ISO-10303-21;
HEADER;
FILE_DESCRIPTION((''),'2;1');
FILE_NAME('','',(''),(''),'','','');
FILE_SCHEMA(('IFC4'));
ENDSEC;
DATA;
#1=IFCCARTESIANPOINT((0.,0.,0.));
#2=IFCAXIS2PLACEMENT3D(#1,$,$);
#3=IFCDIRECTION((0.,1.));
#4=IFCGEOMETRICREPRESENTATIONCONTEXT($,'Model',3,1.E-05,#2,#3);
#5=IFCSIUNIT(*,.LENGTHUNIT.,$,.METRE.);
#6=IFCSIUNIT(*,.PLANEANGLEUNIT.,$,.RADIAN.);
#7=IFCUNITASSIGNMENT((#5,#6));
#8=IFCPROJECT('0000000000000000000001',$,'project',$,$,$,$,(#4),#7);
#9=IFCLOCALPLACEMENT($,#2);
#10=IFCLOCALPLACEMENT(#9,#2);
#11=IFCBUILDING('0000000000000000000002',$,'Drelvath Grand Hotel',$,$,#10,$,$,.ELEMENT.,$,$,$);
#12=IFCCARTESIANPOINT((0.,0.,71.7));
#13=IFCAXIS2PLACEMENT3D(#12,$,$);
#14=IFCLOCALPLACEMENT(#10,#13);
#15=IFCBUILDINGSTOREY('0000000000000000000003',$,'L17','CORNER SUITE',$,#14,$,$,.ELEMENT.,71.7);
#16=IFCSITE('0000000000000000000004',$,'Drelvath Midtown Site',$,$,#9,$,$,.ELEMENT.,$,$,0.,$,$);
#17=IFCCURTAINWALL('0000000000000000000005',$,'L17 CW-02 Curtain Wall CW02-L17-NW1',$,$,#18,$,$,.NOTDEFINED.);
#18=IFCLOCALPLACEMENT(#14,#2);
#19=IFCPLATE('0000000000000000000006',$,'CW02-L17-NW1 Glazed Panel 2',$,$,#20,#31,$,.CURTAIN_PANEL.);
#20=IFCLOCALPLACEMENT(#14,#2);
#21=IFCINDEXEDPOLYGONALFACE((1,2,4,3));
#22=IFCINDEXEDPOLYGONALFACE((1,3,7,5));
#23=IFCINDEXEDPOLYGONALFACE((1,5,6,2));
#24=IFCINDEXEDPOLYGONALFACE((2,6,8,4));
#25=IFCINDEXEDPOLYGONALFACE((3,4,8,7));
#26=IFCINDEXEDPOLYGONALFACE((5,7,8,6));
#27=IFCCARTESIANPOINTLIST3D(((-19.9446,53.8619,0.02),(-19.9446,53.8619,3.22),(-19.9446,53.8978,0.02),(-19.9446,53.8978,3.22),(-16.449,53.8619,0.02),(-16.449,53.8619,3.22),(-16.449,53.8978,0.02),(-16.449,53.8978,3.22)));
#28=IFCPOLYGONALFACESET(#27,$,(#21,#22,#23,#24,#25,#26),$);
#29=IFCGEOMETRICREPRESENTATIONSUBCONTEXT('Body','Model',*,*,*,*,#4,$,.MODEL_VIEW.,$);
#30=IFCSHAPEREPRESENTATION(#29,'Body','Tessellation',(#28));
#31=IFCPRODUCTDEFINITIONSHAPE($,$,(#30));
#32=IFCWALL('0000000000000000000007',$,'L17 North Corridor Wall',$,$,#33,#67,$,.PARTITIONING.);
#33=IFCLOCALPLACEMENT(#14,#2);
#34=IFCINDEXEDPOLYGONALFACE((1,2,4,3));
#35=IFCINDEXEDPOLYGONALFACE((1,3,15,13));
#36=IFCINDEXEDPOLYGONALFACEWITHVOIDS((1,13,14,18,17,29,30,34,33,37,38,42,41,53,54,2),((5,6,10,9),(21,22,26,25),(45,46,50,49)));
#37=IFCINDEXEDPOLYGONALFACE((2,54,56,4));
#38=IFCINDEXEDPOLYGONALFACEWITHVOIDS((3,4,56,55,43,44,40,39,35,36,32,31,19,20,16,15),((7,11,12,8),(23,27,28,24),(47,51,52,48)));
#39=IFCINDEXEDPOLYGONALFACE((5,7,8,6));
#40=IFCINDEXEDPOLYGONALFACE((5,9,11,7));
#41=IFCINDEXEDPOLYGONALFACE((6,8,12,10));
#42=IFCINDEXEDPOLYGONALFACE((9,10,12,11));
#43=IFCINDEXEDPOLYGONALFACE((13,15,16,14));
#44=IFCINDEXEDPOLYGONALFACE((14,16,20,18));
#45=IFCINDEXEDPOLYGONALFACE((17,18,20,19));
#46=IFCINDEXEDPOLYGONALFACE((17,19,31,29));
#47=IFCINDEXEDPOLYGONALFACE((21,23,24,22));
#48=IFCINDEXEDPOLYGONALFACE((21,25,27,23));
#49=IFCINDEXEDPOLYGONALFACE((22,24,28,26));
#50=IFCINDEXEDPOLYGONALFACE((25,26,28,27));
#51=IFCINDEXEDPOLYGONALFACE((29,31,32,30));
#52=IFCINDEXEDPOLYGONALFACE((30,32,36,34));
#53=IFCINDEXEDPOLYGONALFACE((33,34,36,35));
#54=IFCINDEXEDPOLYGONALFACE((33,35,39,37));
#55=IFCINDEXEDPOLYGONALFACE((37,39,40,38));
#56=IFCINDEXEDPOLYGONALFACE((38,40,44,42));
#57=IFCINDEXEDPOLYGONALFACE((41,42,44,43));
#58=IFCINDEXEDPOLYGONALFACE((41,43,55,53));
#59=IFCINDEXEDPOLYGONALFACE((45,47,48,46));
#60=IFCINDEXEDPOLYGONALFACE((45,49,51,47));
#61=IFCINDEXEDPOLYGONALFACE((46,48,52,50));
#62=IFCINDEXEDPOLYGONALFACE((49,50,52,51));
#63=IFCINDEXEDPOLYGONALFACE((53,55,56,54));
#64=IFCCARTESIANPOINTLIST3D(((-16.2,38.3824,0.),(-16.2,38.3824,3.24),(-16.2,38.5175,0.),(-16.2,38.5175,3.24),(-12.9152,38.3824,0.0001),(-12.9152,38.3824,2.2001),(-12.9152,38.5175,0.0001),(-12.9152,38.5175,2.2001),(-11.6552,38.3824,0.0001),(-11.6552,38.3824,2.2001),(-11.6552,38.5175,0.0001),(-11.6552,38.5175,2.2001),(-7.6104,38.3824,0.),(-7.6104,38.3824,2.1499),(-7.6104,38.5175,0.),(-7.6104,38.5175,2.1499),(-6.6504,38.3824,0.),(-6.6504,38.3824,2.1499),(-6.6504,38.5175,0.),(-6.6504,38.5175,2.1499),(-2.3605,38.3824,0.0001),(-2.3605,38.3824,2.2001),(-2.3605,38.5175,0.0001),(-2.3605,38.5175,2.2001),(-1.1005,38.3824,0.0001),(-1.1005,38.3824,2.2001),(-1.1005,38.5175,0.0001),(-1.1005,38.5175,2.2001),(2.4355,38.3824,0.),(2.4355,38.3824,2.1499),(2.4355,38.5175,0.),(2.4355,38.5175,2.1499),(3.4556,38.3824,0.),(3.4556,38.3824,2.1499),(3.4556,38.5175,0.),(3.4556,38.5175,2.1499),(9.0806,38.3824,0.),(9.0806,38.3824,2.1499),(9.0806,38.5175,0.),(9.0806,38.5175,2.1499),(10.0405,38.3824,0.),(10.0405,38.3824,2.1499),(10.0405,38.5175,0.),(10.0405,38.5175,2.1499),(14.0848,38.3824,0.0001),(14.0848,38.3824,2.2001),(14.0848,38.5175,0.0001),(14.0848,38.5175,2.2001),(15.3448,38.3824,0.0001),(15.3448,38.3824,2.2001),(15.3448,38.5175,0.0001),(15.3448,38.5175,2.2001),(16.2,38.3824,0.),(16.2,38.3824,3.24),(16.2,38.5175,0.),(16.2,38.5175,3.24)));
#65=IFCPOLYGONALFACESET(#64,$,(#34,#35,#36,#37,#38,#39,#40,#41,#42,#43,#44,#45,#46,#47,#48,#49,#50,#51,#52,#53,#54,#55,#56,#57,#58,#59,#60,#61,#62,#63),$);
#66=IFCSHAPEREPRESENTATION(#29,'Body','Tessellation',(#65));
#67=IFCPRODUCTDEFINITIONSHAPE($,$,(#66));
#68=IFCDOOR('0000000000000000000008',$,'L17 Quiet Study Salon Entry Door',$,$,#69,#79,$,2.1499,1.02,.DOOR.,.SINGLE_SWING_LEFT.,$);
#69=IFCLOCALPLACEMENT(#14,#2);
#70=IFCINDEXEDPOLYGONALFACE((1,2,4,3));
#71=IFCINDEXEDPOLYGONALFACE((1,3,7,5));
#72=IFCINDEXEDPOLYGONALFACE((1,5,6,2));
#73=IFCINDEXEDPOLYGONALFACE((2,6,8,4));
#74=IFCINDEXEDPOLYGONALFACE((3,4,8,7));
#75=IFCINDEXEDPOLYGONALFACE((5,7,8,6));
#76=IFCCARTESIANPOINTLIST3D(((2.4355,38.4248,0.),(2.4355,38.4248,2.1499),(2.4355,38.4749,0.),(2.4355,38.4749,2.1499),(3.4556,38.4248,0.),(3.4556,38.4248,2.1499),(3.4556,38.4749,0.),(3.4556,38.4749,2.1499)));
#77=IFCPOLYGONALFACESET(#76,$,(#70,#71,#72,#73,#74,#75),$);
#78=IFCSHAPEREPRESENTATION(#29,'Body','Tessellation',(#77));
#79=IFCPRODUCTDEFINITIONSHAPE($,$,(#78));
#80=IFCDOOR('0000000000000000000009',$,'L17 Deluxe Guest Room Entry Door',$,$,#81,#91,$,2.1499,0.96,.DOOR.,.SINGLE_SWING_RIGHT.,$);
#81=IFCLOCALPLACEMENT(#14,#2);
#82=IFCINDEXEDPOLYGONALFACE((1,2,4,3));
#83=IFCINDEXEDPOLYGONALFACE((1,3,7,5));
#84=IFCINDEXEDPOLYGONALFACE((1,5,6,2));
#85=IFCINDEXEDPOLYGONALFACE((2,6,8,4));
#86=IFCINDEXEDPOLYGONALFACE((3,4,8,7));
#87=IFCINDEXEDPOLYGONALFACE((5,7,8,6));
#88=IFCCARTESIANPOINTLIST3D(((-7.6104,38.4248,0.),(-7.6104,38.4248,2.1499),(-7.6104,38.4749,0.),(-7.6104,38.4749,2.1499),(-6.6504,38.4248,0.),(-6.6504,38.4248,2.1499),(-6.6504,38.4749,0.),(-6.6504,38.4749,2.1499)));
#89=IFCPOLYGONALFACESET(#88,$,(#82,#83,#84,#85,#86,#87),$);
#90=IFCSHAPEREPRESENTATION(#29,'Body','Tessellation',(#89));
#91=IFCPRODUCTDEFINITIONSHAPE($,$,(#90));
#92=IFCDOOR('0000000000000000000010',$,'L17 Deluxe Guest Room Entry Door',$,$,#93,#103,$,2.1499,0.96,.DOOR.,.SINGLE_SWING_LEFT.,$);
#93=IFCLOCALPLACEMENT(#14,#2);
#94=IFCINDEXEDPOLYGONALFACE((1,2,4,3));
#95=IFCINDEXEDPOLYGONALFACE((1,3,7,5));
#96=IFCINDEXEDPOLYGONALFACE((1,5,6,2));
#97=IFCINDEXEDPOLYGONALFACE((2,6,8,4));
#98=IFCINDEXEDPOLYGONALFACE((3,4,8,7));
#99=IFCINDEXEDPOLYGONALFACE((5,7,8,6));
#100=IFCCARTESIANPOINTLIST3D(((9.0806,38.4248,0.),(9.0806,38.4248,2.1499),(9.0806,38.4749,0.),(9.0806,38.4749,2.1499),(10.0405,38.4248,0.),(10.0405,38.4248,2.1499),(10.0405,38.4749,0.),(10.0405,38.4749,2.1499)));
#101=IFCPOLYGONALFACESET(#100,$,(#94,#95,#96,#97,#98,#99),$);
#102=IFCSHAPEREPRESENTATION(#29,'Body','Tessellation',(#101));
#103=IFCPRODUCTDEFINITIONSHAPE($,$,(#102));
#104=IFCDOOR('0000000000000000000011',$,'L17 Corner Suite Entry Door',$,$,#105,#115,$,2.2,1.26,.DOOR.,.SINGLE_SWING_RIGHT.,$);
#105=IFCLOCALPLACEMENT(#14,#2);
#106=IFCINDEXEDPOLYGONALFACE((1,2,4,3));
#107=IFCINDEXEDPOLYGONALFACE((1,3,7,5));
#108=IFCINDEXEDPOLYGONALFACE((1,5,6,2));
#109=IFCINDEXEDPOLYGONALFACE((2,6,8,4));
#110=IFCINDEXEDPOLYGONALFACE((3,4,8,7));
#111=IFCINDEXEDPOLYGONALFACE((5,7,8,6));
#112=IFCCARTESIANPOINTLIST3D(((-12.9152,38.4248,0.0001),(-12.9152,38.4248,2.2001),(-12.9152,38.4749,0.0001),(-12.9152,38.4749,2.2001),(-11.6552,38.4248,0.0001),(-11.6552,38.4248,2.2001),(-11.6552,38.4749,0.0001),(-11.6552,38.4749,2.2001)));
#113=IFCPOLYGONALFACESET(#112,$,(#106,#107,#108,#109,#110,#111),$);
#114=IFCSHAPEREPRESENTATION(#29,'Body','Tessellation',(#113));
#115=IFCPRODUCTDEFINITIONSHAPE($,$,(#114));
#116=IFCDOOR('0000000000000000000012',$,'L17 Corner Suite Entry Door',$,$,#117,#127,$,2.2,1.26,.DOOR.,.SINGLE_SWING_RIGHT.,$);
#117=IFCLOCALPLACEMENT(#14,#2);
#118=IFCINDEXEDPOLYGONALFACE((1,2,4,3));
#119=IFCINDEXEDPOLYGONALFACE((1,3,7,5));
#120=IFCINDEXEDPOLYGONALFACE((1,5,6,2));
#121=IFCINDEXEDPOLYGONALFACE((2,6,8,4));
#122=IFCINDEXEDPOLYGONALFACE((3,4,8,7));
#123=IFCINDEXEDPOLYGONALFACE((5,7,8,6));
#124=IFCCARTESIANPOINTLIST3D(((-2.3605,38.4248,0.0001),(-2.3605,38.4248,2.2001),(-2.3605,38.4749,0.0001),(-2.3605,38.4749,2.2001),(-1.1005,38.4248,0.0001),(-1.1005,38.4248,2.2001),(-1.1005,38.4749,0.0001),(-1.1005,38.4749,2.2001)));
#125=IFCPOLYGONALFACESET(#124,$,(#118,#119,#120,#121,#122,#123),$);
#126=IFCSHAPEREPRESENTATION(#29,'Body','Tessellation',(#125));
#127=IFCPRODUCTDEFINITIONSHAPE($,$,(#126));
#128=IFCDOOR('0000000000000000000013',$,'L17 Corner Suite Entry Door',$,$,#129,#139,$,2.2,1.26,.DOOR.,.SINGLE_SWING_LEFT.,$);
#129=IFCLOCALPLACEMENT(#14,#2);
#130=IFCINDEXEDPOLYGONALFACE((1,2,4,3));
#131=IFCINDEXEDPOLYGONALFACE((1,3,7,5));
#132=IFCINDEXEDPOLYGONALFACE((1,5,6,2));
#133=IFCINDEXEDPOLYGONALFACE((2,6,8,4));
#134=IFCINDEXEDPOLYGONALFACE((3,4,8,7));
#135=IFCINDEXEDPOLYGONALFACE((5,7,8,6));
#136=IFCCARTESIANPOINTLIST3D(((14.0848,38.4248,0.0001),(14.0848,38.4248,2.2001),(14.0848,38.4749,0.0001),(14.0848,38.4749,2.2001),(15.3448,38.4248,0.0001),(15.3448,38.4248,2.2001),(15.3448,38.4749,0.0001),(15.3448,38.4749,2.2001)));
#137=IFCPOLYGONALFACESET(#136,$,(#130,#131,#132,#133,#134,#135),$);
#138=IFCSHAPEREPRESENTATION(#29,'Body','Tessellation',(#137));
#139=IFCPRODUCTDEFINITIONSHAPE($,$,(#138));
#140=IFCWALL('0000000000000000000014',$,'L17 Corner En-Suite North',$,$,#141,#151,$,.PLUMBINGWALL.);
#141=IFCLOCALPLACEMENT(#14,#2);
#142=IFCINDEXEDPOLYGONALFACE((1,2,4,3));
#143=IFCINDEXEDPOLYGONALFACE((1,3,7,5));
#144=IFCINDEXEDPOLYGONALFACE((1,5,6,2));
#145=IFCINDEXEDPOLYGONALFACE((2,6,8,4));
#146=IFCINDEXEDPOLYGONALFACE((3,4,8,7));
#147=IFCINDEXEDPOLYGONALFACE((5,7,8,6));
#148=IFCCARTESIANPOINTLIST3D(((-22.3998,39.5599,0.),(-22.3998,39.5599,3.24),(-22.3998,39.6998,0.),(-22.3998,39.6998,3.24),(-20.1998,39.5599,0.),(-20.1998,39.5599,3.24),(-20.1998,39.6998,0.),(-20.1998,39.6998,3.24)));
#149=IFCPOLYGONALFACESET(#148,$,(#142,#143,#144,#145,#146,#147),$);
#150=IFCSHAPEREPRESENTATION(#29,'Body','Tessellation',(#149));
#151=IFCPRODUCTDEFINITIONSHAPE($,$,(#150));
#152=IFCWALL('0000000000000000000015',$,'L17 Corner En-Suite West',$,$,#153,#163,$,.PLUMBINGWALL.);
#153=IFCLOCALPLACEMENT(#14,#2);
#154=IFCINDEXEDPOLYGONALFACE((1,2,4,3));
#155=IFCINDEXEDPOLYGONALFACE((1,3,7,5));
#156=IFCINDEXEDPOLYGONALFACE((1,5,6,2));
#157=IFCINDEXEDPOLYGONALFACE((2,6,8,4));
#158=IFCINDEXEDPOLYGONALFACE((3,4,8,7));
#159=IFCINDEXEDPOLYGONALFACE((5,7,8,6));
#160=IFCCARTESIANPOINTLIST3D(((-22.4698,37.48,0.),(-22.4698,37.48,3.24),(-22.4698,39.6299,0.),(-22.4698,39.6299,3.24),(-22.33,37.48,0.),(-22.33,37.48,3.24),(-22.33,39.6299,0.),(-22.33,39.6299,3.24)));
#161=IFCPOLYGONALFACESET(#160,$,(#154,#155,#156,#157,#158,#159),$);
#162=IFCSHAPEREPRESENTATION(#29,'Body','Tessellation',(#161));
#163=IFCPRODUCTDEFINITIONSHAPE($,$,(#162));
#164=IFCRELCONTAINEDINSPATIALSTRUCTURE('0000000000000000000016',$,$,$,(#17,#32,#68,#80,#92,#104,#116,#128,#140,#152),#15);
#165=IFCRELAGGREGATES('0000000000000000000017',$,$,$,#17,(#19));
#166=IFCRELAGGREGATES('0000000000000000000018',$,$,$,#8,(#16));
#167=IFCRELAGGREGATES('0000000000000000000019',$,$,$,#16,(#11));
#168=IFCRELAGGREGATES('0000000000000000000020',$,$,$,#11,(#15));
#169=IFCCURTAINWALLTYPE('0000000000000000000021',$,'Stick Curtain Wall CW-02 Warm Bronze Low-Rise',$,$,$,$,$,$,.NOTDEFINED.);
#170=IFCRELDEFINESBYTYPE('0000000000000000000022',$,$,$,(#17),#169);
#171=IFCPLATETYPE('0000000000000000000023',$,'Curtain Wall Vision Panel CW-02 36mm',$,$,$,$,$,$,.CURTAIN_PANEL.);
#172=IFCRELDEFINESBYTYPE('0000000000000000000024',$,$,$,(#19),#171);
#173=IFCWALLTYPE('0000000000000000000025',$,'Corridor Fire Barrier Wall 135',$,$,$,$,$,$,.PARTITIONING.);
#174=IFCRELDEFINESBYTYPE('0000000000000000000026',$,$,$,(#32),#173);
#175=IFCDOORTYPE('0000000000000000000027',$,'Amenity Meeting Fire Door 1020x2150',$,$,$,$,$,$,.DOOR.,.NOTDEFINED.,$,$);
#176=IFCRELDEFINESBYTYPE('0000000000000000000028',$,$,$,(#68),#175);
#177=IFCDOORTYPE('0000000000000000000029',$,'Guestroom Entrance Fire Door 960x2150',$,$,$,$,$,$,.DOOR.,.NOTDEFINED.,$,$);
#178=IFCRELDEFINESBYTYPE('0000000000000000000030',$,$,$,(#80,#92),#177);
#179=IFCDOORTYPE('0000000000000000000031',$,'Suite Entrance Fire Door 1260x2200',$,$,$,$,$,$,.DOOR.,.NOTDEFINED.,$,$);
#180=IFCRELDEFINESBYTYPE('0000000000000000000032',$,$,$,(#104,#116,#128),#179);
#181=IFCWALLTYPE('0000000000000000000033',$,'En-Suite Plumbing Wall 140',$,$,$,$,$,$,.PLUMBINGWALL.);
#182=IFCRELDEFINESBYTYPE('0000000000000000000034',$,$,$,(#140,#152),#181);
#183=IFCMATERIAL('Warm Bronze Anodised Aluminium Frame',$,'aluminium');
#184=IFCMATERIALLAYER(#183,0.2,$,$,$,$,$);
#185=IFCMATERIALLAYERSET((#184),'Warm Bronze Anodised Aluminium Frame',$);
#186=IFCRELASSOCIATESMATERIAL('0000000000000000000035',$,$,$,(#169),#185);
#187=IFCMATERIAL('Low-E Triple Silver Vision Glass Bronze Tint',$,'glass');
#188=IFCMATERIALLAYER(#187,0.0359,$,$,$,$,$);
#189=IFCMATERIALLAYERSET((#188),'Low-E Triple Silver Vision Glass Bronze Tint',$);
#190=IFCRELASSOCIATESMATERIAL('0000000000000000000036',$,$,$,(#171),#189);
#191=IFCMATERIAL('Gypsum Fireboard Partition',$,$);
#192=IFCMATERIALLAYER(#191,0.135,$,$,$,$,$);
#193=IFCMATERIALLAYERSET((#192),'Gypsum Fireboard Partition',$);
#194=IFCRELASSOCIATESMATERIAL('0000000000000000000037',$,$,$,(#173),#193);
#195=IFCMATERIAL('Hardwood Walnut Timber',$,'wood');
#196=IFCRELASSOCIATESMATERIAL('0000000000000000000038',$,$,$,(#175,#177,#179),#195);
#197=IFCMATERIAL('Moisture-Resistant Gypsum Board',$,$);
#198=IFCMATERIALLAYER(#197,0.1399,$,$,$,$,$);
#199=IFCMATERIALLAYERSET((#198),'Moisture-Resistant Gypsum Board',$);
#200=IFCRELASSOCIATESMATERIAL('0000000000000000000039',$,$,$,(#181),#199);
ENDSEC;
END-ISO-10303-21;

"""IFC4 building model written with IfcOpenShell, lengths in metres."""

from ifc_helpers import new_model, si_unit, direction, frame, frame_2d, origin, origin_2d, place, context, subcontext, project, spatial, rectangle, extrude, material, layer, layer_set, type_object, element, fill, aggregate, save


model = new_model("IFC4")

# Units and contexts
model_context = context("Model", 3, precision=1e-05, world=origin(), true_north=direction((0.0, 1.0)))
body_context = subcontext(model_context, "Body", "Model", "MODEL_VIEW")
ifc_project = project(units=[si_unit("LENGTHUNIT", "METRE"), si_unit("PLANEANGLEUNIT", "RADIAN")], contexts=[model_context])

# Site, building, storey
site_placement = place(None, origin())
site = spatial("IfcSite", under=ifc_project, at=site_placement, Name="Drelvath Midtown Site", CompositionType="ELEMENT", RefElevation=0.0)
building_placement = place(site_placement, origin())
building = spatial("IfcBuilding", under=site, at=building_placement, Name="Drelvath Grand Hotel", CompositionType="ELEMENT")
storey_placement = place(building_placement, frame((0.0, 0.0, 71.7)))
storey = spatial("IfcBuildingStorey", under=building, at=storey_placement, Name="L17", Description="CORNER SUITE", CompositionType="ELEMENT", Elevation=71.7)

# Curtain wall
ifc_material_1 = material(Name="Warm Bronze Anodised Aluminium Frame", Category="aluminium")
ifc_layer_1 = layer(ifc_material_1, 0.2)
ifc_layer_set_1 = layer_set([ifc_layer_1], Name="Warm Bronze Anodised Aluminium Frame")
curtain_wall_type = type_object("IfcCurtainWallType", Name="Stick Curtain Wall CW-02 Warm Bronze Low-Rise", PredefinedType="NOTDEFINED", material=ifc_layer_set_1)
curtain_wall_1_placement = place(storey_placement, origin())
curtain_wall_1 = element("IfcCurtainWall", 1, at=curtain_wall_1_placement, inside=storey, type_object=curtain_wall_type, Name="L17 CW-02 Curtain Wall CW02-L17-NW1", PredefinedType="NOTDEFINED")

# Plate
ifc_material_2 = material(Name="Low-E Triple Silver Vision Glass Bronze Tint", Category="glass")
ifc_layer_2 = layer(ifc_material_2, 0.0359)
ifc_layer_set_2 = layer_set([ifc_layer_2], Name="Low-E Triple Silver Vision Glass Bronze Tint")
plate_type = type_object("IfcPlateType", Name="Curtain Wall Vision Panel CW-02 36mm", PredefinedType="CURTAIN_PANEL", material=ifc_layer_set_2)
plate_1_placement = place(storey_placement, frame((-18.1968, 53.8799, 0.02), z_axis=(0.0, 0.0, 1.0), x_axis=(1.0, 0.0, 0.0)))
plate_1 = element("IfcPlate", 2, at=plate_1_placement, type_object=plate_type, Name="CW02-L17-NW1 Glazed Panel 2", PredefinedType="CURTAIN_PANEL", context=body_context, shape_type="SweptSolid", body=[
    extrude(rectangle(XDim=3.4956, YDim=0.0359, at=origin_2d()), origin(), (0.0, 0.0, 1.0), 3.2),
])
aggregate(curtain_wall_1, [plate_1])

# Wall, openings, doors
ifc_material_3 = material(Name="Gypsum Fireboard Partition")
ifc_layer_3 = layer(ifc_material_3, 0.135)
ifc_layer_set_3 = layer_set([ifc_layer_3], Name="Gypsum Fireboard Partition")
wall_type_1 = type_object("IfcWallType", Name="Corridor Fire Barrier Wall 135", PredefinedType="PARTITIONING", material=ifc_layer_set_3)
wall_1_placement = place(storey_placement, frame((-16.2, 38.45, 0.0), z_axis=(0.0, 0.0, 1.0), x_axis=(1.0, 0.0, 0.0)))
wall_1 = element("IfcWall", 3, at=wall_1_placement, inside=storey, type_object=wall_type_1, Name="L17 North Corridor Wall", PredefinedType="PARTITIONING", context=body_context, shape_type="SweptSolid", body=[
    extrude(rectangle(XDim=32.3999, YDim=0.135, at=frame_2d((16.2, 0.0))), origin(), (0.0, 0.0, 1.0), 3.24),
])
opening_1_placement = place(wall_1_placement, frame((3.2849, 0.0, 0.0)))
opening_1 = element("IfcOpeningElement", 4, at=opening_1_placement, cuts=wall_1, PredefinedType="OPENING", context=body_context, shape_type="SweptSolid", body=[
    extrude(rectangle(XDim=1.26, YDim=2.2, at=frame_2d((0.6299, 1.1001))), frame((0.0, 0.0774, 0.0), z_axis=(0.0, -1.0, 0.0), x_axis=(1.0, 0.0, 0.0)), (0.0, 0.0, 1.0), 0.155),
])
opening_2_placement = place(wall_1_placement, frame((8.5896, 0.0, 0.0)))
opening_2 = element("IfcOpeningElement", 5, at=opening_2_placement, cuts=wall_1, PredefinedType="OPENING", context=body_context, shape_type="SweptSolid", body=[
    extrude(rectangle(XDim=0.96, YDim=2.1499, at=frame_2d((0.48, 1.075))), frame((0.0, 0.0774, 0.0), z_axis=(0.0, -1.0, 0.0), x_axis=(1.0, 0.0, 0.0)), (0.0, 0.0, 1.0), 0.155),
])
opening_3_placement = place(wall_1_placement, frame((13.8396, 0.0, 0.0)))
opening_3 = element("IfcOpeningElement", 6, at=opening_3_placement, cuts=wall_1, PredefinedType="OPENING", context=body_context, shape_type="SweptSolid", body=[
    extrude(rectangle(XDim=1.26, YDim=2.2, at=frame_2d((0.6299, 1.1001))), frame((0.0, 0.0774, 0.0), z_axis=(0.0, -1.0, 0.0), x_axis=(1.0, 0.0, 0.0)), (0.0, 0.0, 1.0), 0.155),
])
opening_4_placement = place(wall_1_placement, frame((18.6355, 0.0, 0.0)))
opening_4 = element("IfcOpeningElement", 7, at=opening_4_placement, cuts=wall_1, PredefinedType="OPENING", context=body_context, shape_type="SweptSolid", body=[
    extrude(rectangle(XDim=1.02, YDim=2.1499, at=frame_2d((0.51, 1.075))), frame((0.0, 0.0774, 0.0), z_axis=(0.0, -1.0, 0.0), x_axis=(1.0, 0.0, 0.0)), (0.0, 0.0, 1.0), 0.155),
])
opening_5_placement = place(wall_1_placement, frame((25.2805, 0.0, 0.0)))
opening_5 = element("IfcOpeningElement", 8, at=opening_5_placement, cuts=wall_1, PredefinedType="OPENING", context=body_context, shape_type="SweptSolid", body=[
    extrude(rectangle(XDim=0.96, YDim=2.1499, at=frame_2d((0.48, 1.075))), frame((0.0, 0.0774, 0.0), z_axis=(0.0, -1.0, 0.0), x_axis=(1.0, 0.0, 0.0)), (0.0, 0.0, 1.0), 0.155),
])
opening_6_placement = place(wall_1_placement, frame((30.2849, 0.0, 0.0)))
opening_6 = element("IfcOpeningElement", 9, at=opening_6_placement, cuts=wall_1, PredefinedType="OPENING", context=body_context, shape_type="SweptSolid", body=[
    extrude(rectangle(XDim=1.26, YDim=2.2, at=frame_2d((0.6299, 1.1001))), frame((0.0, 0.0774, 0.0), z_axis=(0.0, -1.0, 0.0), x_axis=(1.0, 0.0, 0.0)), (0.0, 0.0, 1.0), 0.155),
])
ifc_material_4 = material(Name="Hardwood Walnut Timber", Category="wood")
door_type_1 = type_object("IfcDoorType", Name="Amenity Meeting Fire Door 1020x2150", OperationType="NOTDEFINED", PredefinedType="DOOR", material=ifc_material_4)
door_1_placement = place(opening_4_placement, origin())
door_1 = element("IfcDoor", 10, at=door_1_placement, inside=storey, type_object=door_type_1, Name="L17 Quiet Study Salon Entry Door", OperationType="SINGLE_SWING_LEFT", OverallHeight=2.1499, OverallWidth=1.02, PredefinedType="DOOR", context=body_context, shape_type="SweptSolid", body=[
    extrude(rectangle(XDim=1.02, YDim=2.1499, at=frame_2d((0.51, 1.075))), frame((0.0, 0.0249, 0.0), z_axis=(0.0, -1.0, 0.0), x_axis=(1.0, 0.0, 0.0)), (0.0, 0.0, 1.0), 0.05),
])
fill(opening_4, door_1)
door_type_2 = type_object("IfcDoorType", Name="Guestroom Entrance Fire Door 960x2150", OperationType="NOTDEFINED", PredefinedType="DOOR", material=ifc_material_4)
door_2_placement = place(opening_2_placement, origin())
door_2 = element("IfcDoor", 11, at=door_2_placement, inside=storey, type_object=door_type_2, Name="L17 Deluxe Guest Room Entry Door", OperationType="SINGLE_SWING_RIGHT", OverallHeight=2.1499, OverallWidth=0.96, PredefinedType="DOOR", context=body_context, shape_type="SweptSolid", body=[
    extrude(rectangle(XDim=0.96, YDim=2.1499, at=frame_2d((0.48, 1.075))), frame((0.0, 0.0249, 0.0), z_axis=(0.0, -1.0, 0.0), x_axis=(1.0, 0.0, 0.0)), (0.0, 0.0, 1.0), 0.05),
])
fill(opening_2, door_2)
door_3_placement = place(opening_5_placement, origin())
door_3 = element("IfcDoor", 12, at=door_3_placement, inside=storey, type_object=door_type_2, Name="L17 Deluxe Guest Room Entry Door", OperationType="SINGLE_SWING_LEFT", OverallHeight=2.1499, OverallWidth=0.96, PredefinedType="DOOR", context=body_context, shape_type="SweptSolid", body=[
    extrude(rectangle(XDim=0.96, YDim=2.1499, at=frame_2d((0.48, 1.075))), frame((0.0, 0.0249, 0.0), z_axis=(0.0, -1.0, 0.0), x_axis=(1.0, 0.0, 0.0)), (0.0, 0.0, 1.0), 0.05),
])
fill(opening_5, door_3)
door_type_3 = type_object("IfcDoorType", Name="Suite Entrance Fire Door 1260x2200", OperationType="NOTDEFINED", PredefinedType="DOOR", material=ifc_material_4)
door_4_placement = place(opening_1_placement, origin())
door_4 = element("IfcDoor", 13, at=door_4_placement, inside=storey, type_object=door_type_3, Name="L17 Corner Suite Entry Door", OperationType="SINGLE_SWING_RIGHT", OverallHeight=2.2, OverallWidth=1.26, PredefinedType="DOOR", context=body_context, shape_type="SweptSolid", body=[
    extrude(rectangle(XDim=1.26, YDim=2.2, at=frame_2d((0.6299, 1.1001))), frame((0.0, 0.0249, 0.0), z_axis=(0.0, -1.0, 0.0), x_axis=(1.0, 0.0, 0.0)), (0.0, 0.0, 1.0), 0.05),
])
fill(opening_1, door_4)
door_5_placement = place(opening_3_placement, origin())
door_5 = element("IfcDoor", 14, at=door_5_placement, inside=storey, type_object=door_type_3, Name="L17 Corner Suite Entry Door", OperationType="SINGLE_SWING_RIGHT", OverallHeight=2.2, OverallWidth=1.26, PredefinedType="DOOR", context=body_context, shape_type="SweptSolid", body=[
    extrude(rectangle(XDim=1.26, YDim=2.2, at=frame_2d((0.6299, 1.1001))), frame((0.0, 0.0249, 0.0), z_axis=(0.0, -1.0, 0.0), x_axis=(1.0, 0.0, 0.0)), (0.0, 0.0, 1.0), 0.05),
])
fill(opening_3, door_5)
door_6_placement = place(opening_6_placement, origin())
door_6 = element("IfcDoor", 15, at=door_6_placement, inside=storey, type_object=door_type_3, Name="L17 Corner Suite Entry Door", OperationType="SINGLE_SWING_LEFT", OverallHeight=2.2, OverallWidth=1.26, PredefinedType="DOOR", context=body_context, shape_type="SweptSolid", body=[
    extrude(rectangle(XDim=1.26, YDim=2.2, at=frame_2d((0.6299, 1.1001))), frame((0.0, 0.0249, 0.0), z_axis=(0.0, -1.0, 0.0), x_axis=(1.0, 0.0, 0.0)), (0.0, 0.0, 1.0), 0.05),
])
fill(opening_6, door_6)

# Walls
ifc_material_5 = material(Name="Moisture-Resistant Gypsum Board")
ifc_layer_4 = layer(ifc_material_5, 0.1399)
ifc_layer_set_4 = layer_set([ifc_layer_4], Name="Moisture-Resistant Gypsum Board")
wall_type_2 = type_object("IfcWallType", Name="En-Suite Plumbing Wall 140", PredefinedType="PLUMBINGWALL", material=ifc_layer_set_4)
wall_2_placement = place(storey_placement, frame((-22.3999, 39.6299, 0.0), z_axis=(0.0, 0.0, 1.0), x_axis=(1.0, 0.0, 0.0)))
element("IfcWall", 16, at=wall_2_placement, inside=storey, type_object=wall_type_2, Name="L17 Corner En-Suite North", PredefinedType="PLUMBINGWALL", context=body_context, shape_type="SweptSolid", body=[
    extrude(rectangle(XDim=2.2, YDim=0.1399, at=frame_2d((1.1001, 0.0))), origin(), (0.0, 0.0, 1.0), 3.24),
])
wall_3_placement = place(storey_placement, frame((-22.3999, 37.48, 0.0), z_axis=(0.0, 0.0, 1.0), x_axis=(0.0, 1.0, 0.0)))
element("IfcWall", 17, at=wall_3_placement, inside=storey, type_object=wall_type_2, Name="L17 Corner En-Suite West", PredefinedType="PLUMBINGWALL", context=body_context, shape_type="SweptSolid", body=[
    extrude(rectangle(XDim=2.1499, YDim=0.1399, at=frame_2d((1.075, 0.0))), origin(), (0.0, 0.0, 1.0), 3.24),
])

save(model, "model.ifc")
